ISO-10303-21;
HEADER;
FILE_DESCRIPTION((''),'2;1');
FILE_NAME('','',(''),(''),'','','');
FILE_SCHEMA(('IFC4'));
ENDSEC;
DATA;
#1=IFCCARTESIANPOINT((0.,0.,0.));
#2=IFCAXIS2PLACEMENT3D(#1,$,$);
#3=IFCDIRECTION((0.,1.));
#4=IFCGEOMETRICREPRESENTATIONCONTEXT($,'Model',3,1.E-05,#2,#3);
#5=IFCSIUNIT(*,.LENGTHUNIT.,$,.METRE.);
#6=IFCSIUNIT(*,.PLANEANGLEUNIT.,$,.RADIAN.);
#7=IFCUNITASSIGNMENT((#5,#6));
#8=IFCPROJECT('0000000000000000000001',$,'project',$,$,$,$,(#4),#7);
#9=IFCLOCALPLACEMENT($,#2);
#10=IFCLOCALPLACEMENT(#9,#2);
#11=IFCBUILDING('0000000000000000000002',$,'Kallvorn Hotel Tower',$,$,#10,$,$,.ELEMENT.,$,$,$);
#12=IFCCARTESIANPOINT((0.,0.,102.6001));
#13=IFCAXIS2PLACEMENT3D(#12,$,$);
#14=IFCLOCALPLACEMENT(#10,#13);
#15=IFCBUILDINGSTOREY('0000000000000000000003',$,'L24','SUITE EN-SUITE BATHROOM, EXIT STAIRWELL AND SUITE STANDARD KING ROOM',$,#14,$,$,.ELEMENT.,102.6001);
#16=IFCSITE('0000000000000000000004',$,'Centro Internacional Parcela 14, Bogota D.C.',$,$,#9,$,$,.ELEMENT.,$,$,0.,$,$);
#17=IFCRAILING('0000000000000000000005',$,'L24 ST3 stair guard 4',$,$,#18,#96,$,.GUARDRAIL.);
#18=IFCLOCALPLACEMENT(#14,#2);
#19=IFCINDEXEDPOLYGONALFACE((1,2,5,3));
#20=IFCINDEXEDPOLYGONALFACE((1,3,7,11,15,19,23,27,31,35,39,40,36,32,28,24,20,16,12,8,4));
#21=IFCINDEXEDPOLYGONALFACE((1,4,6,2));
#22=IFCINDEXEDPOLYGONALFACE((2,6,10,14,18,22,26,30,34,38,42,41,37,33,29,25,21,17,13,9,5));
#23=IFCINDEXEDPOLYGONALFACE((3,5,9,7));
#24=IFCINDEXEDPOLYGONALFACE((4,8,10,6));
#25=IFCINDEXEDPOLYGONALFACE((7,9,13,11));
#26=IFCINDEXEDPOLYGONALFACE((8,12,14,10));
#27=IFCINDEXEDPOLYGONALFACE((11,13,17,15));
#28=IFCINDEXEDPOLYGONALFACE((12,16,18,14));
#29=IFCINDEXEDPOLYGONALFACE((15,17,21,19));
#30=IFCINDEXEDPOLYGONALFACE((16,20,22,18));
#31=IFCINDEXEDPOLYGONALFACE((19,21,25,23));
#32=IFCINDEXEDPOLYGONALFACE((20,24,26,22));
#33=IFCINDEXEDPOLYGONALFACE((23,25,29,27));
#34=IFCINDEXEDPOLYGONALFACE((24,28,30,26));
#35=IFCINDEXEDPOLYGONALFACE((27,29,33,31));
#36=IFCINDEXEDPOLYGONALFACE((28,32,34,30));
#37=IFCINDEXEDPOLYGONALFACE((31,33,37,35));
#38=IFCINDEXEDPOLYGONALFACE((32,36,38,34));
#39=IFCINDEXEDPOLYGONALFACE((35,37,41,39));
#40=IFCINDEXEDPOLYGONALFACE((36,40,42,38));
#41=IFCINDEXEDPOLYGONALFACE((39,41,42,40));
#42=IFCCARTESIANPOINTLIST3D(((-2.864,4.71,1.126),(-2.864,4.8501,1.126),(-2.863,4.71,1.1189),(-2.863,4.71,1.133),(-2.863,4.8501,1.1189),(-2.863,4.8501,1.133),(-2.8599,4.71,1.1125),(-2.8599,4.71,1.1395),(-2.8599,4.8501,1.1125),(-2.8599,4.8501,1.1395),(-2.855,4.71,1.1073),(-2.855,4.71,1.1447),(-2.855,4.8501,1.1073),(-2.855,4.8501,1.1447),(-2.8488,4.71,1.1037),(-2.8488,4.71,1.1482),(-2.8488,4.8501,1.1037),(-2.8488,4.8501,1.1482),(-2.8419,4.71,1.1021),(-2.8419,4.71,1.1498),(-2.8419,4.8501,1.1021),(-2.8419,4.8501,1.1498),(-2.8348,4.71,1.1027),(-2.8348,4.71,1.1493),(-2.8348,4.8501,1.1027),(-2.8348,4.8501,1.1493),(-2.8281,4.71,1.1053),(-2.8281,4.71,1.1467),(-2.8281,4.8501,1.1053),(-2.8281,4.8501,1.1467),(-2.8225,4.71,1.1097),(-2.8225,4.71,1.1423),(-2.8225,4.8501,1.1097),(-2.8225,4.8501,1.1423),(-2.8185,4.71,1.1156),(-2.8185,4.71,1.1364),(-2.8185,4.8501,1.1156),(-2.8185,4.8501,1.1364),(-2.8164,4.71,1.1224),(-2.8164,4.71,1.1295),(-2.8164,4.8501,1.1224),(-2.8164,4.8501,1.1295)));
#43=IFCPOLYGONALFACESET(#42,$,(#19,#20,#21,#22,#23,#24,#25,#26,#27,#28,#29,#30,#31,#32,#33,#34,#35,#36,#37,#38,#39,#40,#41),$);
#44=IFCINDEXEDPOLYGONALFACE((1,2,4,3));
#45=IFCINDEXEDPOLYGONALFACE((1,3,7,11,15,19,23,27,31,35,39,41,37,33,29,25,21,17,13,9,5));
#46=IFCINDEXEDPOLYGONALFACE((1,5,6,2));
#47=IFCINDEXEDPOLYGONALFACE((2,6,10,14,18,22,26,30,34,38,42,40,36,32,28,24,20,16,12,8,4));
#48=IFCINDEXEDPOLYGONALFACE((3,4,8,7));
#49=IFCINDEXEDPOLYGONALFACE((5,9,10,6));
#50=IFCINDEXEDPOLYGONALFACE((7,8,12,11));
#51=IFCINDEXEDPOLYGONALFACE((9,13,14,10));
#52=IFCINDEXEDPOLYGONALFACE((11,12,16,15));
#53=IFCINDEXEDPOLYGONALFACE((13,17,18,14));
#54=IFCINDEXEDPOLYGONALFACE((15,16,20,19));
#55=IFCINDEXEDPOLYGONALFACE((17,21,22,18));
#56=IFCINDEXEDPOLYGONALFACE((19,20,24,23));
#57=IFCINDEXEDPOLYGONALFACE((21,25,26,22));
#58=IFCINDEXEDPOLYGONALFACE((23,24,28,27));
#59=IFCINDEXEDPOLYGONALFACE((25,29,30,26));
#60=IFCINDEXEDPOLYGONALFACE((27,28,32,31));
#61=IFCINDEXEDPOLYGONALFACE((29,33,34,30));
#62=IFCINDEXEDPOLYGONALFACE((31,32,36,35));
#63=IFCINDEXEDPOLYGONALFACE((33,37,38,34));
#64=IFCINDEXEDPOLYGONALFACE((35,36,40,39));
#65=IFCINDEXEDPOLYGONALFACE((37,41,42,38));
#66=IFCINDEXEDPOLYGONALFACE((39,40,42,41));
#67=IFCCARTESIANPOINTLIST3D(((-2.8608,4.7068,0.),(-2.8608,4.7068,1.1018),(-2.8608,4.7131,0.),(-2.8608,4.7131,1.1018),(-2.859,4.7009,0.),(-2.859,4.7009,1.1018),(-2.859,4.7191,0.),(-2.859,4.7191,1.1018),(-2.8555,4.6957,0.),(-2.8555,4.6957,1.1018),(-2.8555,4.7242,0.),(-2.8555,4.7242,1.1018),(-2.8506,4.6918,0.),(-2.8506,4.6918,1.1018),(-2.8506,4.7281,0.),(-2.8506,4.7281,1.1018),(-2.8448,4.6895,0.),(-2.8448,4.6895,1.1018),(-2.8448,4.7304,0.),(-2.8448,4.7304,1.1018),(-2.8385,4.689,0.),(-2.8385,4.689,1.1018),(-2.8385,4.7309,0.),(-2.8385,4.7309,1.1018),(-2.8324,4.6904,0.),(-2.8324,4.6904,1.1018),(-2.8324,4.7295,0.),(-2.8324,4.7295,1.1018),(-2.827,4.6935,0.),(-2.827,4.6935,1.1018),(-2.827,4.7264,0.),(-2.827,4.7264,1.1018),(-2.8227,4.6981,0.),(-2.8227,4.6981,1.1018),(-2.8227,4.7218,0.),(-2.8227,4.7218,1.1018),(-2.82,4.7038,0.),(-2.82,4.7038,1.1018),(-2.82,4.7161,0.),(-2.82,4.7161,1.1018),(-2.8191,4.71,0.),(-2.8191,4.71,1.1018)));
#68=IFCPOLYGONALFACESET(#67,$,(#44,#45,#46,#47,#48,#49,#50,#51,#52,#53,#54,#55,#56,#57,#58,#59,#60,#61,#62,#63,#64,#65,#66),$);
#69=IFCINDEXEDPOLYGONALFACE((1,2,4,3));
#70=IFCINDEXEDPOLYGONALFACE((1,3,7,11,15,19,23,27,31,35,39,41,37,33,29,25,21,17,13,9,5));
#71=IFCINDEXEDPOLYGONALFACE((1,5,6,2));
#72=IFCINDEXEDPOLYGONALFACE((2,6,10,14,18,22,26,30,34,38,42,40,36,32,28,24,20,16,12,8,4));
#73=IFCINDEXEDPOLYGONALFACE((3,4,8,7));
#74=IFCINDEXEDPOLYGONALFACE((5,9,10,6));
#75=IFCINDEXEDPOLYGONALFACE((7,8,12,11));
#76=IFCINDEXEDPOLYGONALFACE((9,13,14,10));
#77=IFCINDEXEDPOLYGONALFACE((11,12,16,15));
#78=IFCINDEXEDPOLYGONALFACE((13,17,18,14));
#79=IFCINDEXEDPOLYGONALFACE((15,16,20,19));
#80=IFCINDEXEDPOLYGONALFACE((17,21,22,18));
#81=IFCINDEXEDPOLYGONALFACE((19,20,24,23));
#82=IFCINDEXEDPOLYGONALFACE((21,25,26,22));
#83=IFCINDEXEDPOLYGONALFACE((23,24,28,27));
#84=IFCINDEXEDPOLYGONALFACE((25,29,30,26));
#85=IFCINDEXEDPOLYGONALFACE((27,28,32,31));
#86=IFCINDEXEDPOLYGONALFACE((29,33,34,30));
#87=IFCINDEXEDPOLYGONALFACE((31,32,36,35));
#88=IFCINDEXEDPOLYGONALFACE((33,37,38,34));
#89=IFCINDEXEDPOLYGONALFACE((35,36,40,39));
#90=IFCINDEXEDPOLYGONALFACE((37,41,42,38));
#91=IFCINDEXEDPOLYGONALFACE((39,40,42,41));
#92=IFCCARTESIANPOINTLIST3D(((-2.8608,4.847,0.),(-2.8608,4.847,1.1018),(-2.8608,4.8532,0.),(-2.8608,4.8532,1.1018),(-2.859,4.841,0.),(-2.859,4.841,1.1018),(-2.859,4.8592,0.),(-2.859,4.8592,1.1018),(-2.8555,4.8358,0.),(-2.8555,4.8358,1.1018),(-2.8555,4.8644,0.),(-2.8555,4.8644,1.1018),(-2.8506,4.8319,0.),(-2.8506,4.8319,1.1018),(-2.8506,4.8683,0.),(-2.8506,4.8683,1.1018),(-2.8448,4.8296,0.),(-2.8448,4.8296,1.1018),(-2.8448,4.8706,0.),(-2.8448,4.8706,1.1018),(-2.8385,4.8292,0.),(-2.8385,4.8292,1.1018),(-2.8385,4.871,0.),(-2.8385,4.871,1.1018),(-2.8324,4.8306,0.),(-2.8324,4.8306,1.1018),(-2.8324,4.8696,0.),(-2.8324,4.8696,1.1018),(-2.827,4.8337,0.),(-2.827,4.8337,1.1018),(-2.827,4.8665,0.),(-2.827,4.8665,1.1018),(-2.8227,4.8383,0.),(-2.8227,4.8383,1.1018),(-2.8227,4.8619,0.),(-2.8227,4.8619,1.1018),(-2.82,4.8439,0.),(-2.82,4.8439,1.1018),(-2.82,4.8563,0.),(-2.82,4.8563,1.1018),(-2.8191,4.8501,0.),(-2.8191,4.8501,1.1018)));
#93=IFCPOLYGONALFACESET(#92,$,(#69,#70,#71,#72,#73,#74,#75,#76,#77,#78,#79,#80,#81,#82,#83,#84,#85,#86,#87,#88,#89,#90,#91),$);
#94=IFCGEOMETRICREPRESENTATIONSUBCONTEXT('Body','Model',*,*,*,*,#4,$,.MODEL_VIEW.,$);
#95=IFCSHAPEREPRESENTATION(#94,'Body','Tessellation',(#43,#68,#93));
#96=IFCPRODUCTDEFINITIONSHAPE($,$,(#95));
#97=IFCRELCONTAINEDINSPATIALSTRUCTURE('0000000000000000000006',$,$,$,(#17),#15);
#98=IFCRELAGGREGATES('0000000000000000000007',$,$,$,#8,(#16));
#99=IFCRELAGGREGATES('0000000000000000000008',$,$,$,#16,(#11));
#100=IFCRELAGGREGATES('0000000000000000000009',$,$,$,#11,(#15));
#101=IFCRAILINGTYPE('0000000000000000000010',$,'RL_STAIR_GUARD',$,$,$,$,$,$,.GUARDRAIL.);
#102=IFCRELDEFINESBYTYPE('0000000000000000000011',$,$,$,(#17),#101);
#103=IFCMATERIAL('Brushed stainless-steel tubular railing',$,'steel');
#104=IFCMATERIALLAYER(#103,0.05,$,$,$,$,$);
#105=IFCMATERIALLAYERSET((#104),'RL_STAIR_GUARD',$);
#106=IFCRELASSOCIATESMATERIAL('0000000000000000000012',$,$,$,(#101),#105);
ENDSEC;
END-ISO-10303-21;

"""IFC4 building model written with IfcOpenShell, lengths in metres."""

from ifc_helpers import new_model, si_unit, direction, frame, origin, origin_2d, place, context, subcontext, project, spatial, circle, extrude, material, layer, layer_set, type_object, element, save


model = new_model("IFC4")

# Units and contexts
model_context = context("Model", 3, precision=1e-05, world=origin(), true_north=direction((0.0, 1.0)))
body_context = subcontext(model_context, "Body", "Model", "MODEL_VIEW")
ifc_project = project(units=[si_unit("LENGTHUNIT", "METRE"), si_unit("PLANEANGLEUNIT", "RADIAN")], contexts=[model_context])

# Site, building, storey
site_placement = place(None, origin())
site = spatial("IfcSite", under=ifc_project, at=site_placement, Name="Centro Internacional Parcela 14, Bogota D.C.", CompositionType="ELEMENT", RefElevation=0.0)
building_placement = place(site_placement, origin())
building = spatial("IfcBuilding", under=site, at=building_placement, Name="Kallvorn Hotel Tower", CompositionType="ELEMENT")
storey_placement = place(building_placement, frame((0.0, 0.0, 102.6001)))
storey = spatial("IfcBuildingStorey", under=building, at=storey_placement, Name="L24", Description="SUITE EN-SUITE BATHROOM, EXIT STAIRWELL AND SUITE STANDARD KING ROOM", CompositionType="ELEMENT", Elevation=102.6001)

# Railing
ifc_material_1 = material(Name="Brushed stainless-steel tubular railing", Category="steel")
ifc_layer_1 = layer(ifc_material_1, 0.05)
ifc_layer_set_1 = layer_set([ifc_layer_1], Name="RL_STAIR_GUARD")
railing_type_1 = type_object("IfcRailingType", Name="RL_STAIR_GUARD", PredefinedType="GUARDRAIL", material=ifc_layer_set_1)
railing_1_placement = place(storey_placement, frame((-2.8401, 4.71, 0.0)))
element("IfcRailing", 1, at=railing_1_placement, inside=storey, type_object=railing_type_1, Name="L24 ST3 stair guard 4", PredefinedType="GUARDRAIL", context=body_context, shape_type="SweptSolid", body=[
    extrude(circle(Radius=0.0239, at=origin_2d()), frame((0.0, 0.0, 1.126), z_axis=(0.0, 1.0, 0.0), x_axis=(-1.0, 0.0, 0.0)), (0.0, 0.0, 1.0), 0.1401),
    extrude(circle(Radius=0.021, at=origin_2d()), origin(), (0.0, 0.0, 1.0), 1.1018),
    extrude(circle(Radius=0.021, at=origin_2d()), frame((0.0, 0.1401, 0.0)), (0.0, 0.0, 1.0), 1.1018),
])

save(model, "model.ifc")
